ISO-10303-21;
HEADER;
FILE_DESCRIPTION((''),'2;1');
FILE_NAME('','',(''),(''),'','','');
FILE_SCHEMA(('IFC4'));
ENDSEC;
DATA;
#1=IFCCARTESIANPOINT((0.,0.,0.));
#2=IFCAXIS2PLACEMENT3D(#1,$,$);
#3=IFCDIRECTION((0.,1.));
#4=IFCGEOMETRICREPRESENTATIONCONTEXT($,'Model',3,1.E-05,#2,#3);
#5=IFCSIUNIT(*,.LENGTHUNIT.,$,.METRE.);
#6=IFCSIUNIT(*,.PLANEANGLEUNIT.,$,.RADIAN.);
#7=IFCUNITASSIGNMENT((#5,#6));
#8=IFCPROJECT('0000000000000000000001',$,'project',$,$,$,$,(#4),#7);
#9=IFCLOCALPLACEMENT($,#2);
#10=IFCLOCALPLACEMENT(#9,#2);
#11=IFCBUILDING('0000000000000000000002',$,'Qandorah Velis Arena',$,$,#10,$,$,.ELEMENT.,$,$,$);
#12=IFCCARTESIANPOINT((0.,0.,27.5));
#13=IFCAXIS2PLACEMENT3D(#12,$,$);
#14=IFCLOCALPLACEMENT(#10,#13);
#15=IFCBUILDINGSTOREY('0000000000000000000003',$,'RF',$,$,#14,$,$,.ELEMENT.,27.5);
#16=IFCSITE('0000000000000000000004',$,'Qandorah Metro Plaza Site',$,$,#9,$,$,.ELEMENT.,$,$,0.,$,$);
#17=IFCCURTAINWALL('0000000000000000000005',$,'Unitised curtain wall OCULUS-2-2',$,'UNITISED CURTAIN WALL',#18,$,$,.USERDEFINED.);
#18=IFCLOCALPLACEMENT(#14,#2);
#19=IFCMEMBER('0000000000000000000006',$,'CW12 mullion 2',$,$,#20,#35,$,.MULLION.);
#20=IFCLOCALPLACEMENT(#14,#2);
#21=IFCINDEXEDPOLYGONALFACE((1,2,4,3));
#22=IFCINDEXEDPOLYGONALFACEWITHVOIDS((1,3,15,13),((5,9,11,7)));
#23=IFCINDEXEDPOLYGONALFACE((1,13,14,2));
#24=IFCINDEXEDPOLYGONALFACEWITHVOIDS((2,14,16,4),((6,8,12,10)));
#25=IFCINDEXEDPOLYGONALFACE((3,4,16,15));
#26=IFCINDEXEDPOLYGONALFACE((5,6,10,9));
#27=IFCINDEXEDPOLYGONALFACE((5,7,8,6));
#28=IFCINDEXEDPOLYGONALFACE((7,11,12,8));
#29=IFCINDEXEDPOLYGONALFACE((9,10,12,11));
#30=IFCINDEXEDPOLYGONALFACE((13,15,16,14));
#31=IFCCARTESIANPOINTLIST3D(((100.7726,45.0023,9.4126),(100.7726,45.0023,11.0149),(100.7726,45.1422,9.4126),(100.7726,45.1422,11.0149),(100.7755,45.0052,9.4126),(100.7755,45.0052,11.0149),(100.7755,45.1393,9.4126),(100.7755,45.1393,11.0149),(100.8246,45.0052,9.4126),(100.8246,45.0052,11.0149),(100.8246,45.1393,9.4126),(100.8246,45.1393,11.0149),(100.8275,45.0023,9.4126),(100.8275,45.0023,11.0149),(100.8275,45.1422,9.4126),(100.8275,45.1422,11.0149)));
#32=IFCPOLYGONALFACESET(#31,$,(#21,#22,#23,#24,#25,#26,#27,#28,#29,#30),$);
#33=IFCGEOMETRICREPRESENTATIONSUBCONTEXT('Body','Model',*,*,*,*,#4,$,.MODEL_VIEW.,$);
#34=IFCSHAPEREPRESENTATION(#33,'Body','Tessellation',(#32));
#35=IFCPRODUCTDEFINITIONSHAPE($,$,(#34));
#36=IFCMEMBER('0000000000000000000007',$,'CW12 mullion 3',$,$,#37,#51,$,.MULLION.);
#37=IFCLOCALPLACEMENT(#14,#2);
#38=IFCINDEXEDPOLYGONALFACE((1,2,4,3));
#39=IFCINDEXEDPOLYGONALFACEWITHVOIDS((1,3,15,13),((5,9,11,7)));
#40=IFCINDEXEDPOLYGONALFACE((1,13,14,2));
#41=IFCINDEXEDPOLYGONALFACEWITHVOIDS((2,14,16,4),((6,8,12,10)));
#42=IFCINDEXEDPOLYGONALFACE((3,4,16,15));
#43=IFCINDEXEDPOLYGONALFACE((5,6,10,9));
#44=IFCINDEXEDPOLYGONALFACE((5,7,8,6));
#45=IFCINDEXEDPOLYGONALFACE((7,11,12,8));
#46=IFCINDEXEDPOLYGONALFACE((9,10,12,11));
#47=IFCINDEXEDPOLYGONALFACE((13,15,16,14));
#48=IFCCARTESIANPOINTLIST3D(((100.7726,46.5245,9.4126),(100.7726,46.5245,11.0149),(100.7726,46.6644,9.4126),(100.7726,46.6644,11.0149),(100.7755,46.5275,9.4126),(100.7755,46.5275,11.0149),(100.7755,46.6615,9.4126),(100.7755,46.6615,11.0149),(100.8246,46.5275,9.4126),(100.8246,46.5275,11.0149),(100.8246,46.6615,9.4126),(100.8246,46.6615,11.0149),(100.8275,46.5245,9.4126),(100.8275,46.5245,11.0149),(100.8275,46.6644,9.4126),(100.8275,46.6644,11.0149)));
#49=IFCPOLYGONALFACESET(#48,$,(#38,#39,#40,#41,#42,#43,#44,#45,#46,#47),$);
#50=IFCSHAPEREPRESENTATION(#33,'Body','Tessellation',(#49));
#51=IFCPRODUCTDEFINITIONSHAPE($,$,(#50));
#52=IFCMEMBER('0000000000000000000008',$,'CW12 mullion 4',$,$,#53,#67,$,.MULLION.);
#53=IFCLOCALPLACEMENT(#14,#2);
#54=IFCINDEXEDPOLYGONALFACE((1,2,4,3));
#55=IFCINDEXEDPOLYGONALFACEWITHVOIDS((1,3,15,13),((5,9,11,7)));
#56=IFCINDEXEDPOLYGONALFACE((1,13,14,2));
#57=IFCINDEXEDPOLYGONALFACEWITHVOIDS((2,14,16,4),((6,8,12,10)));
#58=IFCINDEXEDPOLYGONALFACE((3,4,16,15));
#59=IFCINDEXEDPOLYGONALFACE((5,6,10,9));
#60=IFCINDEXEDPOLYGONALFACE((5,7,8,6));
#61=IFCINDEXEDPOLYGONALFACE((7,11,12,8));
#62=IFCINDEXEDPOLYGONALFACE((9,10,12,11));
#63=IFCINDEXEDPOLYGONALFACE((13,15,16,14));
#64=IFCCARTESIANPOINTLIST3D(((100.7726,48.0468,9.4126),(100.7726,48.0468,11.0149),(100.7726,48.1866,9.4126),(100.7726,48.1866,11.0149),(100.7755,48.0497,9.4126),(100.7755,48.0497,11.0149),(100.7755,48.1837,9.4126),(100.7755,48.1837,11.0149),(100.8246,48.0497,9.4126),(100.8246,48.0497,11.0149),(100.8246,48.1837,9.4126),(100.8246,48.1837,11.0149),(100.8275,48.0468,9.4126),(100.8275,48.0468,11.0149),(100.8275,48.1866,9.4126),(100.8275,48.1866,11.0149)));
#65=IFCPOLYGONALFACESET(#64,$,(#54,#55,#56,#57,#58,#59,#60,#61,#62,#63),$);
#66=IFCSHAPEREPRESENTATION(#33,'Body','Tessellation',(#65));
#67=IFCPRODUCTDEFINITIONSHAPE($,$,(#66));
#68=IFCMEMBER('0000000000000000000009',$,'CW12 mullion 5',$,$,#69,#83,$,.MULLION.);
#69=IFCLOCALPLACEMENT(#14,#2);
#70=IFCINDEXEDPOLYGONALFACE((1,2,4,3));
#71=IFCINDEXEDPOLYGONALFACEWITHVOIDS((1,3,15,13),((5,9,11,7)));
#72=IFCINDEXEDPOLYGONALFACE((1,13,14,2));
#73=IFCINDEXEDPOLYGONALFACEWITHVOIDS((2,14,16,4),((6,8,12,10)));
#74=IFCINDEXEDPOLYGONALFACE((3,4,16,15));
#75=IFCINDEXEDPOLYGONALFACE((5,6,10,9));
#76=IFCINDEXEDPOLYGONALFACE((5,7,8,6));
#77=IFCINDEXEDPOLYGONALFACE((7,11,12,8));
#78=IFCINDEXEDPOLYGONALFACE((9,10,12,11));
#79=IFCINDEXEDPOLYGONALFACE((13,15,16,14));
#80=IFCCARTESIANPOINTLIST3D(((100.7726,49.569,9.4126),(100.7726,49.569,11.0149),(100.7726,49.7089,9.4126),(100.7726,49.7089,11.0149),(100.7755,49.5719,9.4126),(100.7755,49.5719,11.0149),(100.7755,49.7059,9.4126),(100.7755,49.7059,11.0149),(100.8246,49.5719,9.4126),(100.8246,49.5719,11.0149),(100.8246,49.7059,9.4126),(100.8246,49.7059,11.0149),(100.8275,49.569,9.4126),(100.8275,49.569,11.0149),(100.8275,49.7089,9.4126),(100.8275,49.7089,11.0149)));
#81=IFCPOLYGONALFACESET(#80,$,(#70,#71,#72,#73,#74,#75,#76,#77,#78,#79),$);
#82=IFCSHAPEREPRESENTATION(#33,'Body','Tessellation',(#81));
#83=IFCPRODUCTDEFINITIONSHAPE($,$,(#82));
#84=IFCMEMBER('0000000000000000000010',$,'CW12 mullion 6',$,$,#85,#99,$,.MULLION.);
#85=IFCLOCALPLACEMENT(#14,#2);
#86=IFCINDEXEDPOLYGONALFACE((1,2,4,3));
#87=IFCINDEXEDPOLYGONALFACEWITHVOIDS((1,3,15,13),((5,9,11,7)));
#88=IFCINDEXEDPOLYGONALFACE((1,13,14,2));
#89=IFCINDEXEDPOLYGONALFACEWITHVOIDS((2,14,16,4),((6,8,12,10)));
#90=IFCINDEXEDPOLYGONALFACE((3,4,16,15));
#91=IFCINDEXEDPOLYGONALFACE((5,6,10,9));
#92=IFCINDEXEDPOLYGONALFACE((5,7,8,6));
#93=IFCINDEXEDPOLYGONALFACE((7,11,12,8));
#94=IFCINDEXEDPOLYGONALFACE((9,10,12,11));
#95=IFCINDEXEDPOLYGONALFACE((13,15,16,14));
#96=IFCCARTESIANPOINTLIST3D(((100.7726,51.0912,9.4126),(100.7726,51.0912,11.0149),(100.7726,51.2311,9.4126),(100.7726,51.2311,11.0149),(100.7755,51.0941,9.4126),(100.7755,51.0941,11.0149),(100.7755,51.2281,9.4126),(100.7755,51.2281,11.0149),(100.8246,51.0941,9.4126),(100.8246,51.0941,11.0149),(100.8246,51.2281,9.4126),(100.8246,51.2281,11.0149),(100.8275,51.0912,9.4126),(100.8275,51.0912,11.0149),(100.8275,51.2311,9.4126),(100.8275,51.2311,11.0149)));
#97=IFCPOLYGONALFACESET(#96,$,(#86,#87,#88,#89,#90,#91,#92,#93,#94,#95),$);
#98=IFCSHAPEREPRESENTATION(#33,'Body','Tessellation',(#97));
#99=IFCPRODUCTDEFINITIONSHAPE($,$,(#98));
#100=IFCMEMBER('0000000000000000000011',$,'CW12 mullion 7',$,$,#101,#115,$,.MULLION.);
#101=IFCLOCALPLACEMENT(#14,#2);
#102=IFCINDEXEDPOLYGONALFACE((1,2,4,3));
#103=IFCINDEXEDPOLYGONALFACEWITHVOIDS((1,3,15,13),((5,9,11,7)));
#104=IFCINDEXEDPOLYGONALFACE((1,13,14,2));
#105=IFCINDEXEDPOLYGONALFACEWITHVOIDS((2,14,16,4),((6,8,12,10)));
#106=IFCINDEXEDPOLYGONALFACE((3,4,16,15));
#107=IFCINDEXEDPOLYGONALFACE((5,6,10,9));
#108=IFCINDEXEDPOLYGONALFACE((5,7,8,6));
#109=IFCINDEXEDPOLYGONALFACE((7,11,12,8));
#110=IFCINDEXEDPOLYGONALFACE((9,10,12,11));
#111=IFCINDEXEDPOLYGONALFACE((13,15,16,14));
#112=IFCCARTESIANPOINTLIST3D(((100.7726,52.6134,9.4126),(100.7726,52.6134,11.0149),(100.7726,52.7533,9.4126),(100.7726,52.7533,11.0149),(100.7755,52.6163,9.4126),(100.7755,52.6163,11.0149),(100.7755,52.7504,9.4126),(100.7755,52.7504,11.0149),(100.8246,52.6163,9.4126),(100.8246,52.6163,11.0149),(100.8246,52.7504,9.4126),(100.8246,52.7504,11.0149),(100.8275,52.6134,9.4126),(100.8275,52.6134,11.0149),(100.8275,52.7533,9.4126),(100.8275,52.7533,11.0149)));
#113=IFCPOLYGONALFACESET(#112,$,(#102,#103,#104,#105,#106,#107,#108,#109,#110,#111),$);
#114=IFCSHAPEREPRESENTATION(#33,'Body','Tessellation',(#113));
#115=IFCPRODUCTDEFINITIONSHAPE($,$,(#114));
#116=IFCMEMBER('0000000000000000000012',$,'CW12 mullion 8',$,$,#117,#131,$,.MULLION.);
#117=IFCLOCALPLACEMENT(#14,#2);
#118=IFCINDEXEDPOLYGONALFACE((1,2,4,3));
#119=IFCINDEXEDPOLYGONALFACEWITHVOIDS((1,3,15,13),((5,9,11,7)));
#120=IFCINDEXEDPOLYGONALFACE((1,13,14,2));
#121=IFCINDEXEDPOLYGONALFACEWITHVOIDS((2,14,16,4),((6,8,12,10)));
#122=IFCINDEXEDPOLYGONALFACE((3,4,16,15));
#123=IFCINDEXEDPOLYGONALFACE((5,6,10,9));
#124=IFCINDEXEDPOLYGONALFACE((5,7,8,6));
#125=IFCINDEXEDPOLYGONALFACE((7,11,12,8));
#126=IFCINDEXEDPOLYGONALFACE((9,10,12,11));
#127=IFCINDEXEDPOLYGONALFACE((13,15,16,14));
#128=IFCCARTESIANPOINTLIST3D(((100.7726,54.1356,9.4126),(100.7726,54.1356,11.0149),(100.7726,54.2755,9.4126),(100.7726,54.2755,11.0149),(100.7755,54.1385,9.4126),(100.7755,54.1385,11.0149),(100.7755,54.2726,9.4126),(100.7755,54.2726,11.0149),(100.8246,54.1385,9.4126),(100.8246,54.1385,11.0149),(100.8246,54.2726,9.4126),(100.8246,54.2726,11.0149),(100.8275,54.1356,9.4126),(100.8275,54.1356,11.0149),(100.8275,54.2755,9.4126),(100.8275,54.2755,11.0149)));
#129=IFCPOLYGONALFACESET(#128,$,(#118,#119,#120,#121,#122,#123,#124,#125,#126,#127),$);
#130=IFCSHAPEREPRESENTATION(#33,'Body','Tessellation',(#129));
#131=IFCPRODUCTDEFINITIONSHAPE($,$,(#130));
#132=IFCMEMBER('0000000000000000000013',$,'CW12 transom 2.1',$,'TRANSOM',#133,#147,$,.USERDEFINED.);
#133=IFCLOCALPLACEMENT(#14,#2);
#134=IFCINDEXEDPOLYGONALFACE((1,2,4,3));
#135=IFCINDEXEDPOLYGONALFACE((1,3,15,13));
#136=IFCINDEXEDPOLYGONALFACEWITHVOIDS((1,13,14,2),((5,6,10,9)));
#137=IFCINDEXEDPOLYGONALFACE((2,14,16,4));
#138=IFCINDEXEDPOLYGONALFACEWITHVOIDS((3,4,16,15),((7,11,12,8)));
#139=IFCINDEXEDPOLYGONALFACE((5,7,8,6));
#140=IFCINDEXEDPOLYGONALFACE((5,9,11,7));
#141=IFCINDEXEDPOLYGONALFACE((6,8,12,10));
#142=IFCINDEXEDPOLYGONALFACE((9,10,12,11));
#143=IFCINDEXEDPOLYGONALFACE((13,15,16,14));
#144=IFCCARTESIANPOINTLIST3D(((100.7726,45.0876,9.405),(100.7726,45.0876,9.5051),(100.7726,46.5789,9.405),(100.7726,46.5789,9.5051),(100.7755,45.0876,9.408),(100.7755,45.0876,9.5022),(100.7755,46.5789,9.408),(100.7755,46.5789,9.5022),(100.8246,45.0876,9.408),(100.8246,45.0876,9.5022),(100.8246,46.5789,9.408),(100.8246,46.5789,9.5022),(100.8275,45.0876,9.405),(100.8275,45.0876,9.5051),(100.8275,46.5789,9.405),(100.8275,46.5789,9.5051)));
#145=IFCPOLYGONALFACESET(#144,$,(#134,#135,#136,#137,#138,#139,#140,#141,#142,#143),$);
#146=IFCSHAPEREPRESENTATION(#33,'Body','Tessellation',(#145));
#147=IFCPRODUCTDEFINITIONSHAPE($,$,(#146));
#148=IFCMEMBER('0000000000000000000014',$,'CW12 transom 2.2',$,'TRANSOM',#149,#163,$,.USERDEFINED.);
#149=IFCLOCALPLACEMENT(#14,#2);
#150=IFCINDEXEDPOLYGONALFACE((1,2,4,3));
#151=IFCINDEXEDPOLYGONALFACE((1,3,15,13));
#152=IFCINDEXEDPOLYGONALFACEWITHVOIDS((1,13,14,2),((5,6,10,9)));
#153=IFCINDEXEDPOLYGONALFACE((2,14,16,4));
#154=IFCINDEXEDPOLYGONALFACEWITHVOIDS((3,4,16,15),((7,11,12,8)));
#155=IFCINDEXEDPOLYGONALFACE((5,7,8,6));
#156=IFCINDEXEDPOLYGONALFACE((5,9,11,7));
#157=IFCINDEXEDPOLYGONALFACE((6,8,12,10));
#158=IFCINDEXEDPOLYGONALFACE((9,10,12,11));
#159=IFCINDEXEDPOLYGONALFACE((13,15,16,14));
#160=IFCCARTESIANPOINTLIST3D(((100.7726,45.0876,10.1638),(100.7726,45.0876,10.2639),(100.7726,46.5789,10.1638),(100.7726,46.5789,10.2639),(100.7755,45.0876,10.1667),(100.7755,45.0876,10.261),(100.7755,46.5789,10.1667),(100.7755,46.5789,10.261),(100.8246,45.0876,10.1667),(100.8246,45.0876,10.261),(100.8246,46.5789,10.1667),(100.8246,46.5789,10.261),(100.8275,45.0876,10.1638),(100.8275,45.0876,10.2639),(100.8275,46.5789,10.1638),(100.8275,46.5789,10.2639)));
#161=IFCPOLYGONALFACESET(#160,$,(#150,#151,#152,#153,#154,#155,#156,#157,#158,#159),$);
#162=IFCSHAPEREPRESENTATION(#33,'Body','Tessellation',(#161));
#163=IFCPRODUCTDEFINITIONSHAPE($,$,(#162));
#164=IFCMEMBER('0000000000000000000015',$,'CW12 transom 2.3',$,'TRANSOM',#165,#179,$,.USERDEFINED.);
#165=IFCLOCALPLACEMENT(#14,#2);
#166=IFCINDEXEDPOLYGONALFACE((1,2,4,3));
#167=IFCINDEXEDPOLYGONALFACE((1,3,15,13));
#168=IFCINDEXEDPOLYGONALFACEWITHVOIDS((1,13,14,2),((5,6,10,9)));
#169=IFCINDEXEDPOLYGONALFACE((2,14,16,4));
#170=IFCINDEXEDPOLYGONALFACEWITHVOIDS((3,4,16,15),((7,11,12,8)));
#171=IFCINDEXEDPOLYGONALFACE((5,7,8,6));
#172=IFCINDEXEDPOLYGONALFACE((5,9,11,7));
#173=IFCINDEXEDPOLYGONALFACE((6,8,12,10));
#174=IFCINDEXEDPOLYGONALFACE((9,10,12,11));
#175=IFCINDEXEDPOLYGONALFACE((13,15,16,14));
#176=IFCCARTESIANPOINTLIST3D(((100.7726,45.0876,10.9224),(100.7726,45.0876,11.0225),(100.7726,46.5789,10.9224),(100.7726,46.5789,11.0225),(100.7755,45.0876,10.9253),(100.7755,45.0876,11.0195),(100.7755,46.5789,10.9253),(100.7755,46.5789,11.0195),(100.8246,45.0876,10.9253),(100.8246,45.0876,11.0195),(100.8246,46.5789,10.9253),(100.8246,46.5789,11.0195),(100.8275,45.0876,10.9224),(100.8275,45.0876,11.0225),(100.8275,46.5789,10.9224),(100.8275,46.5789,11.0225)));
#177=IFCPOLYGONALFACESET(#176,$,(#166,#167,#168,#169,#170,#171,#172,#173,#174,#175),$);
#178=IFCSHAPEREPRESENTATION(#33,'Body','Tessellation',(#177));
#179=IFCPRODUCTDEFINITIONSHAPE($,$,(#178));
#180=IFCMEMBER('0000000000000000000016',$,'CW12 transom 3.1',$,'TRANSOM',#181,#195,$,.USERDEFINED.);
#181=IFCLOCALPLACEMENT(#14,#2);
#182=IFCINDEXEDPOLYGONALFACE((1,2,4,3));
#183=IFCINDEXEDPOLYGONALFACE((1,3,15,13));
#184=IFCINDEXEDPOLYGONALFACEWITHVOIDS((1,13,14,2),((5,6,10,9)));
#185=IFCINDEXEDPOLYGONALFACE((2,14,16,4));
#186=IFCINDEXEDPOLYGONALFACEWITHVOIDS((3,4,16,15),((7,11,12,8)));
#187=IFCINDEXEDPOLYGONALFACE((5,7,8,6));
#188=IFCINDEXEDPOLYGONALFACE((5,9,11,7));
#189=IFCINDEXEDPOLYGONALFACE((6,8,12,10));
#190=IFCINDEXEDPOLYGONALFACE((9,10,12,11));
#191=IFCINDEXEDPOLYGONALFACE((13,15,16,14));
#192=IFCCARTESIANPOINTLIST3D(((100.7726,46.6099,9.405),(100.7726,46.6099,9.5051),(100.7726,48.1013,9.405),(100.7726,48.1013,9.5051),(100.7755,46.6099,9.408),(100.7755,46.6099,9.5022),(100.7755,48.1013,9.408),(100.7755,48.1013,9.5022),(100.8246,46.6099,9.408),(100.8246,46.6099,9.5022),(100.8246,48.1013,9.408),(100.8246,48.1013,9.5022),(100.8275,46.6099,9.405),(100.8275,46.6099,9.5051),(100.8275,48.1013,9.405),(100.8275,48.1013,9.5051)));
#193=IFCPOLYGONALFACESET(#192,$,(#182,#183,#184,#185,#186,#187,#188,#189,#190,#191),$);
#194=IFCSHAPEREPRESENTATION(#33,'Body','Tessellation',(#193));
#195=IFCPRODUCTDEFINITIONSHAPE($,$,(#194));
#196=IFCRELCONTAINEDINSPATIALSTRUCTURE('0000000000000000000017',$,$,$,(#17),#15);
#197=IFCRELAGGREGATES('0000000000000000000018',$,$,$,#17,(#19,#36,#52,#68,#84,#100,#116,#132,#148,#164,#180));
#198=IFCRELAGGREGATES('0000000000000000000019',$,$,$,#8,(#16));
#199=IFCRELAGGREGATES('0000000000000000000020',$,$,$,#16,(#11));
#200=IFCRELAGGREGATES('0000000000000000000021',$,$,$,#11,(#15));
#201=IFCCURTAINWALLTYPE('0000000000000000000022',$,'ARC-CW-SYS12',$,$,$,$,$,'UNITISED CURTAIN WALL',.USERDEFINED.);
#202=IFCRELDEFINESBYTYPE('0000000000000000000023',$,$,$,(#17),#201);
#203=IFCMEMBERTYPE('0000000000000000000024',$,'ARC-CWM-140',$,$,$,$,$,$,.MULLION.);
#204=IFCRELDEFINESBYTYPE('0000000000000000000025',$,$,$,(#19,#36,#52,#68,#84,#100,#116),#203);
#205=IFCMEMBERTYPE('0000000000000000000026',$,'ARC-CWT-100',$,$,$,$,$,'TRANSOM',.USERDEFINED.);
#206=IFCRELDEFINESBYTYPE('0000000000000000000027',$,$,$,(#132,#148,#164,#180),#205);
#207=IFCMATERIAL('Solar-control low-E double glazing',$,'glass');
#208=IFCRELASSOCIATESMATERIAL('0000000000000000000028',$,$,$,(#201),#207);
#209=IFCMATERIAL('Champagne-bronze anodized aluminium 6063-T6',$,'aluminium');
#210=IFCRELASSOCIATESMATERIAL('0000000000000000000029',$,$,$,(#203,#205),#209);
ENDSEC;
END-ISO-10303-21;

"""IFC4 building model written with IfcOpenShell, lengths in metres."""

from ifc_helpers import new_model, si_unit, direction, frame, origin, origin_2d, place, context, subcontext, project, spatial, hollow_rectangle, extrude, material, material_profile, profile_set, type_object, element, aggregate, save


model = new_model("IFC4")

# Units and contexts
model_context = context("Model", 3, precision=1e-05, world=origin(), true_north=direction((0.0, 1.0)))
body_context = subcontext(model_context, "Body", "Model", "MODEL_VIEW")
ifc_project = project(units=[si_unit("LENGTHUNIT", "METRE"), si_unit("PLANEANGLEUNIT", "RADIAN")], contexts=[model_context])

# Site, building, storey
site_placement = place(None, origin())
site = spatial("IfcSite", under=ifc_project, at=site_placement, Name="Qandorah Metro Plaza Site", CompositionType="ELEMENT", RefElevation=0.0)
building_placement = place(site_placement, origin())
building = spatial("IfcBuilding", under=site, at=building_placement, Name="Qandorah Velis Arena", CompositionType="ELEMENT")
storey_placement = place(building_placement, frame((0.0, 0.0, 27.5)))
storey = spatial("IfcBuildingStorey", under=building, at=storey_placement, Name="RF", CompositionType="ELEMENT", Elevation=27.5)

# Curtain wall, members
ifc_material_1 = material(Name="Solar-control low-E double glazing", Category="glass")
curtain_wall_type = type_object("IfcCurtainWallType", Name="ARC-CW-SYS12", ElementType="UNITISED CURTAIN WALL", PredefinedType="USERDEFINED", material=ifc_material_1)
curtain_wall_placement = place(storey_placement, origin())
curtain_wall = element("IfcCurtainWall", 1, at=curtain_wall_placement, inside=storey, type_object=curtain_wall_type, Name="Unitised curtain wall OCULUS-2-2", ObjectType="UNITISED CURTAIN WALL", PredefinedType="USERDEFINED")
ifc_material_2 = material(Name="Champagne-bronze anodized aluminium 6063-T6", Category="aluminium")
ifc_material_profile_1 = material_profile(ifc_material_2, hollow_rectangle(XDim=0.0549, YDim=0.1399, WallThickness=0.0029, at=origin_2d()), Name="ALU MULLION 55x140")
ifc_profile_set_1 = profile_set([ifc_material_profile_1], Name="Champagne-bronze anodized aluminium 6063-T6")
member_type_1 = type_object("IfcMemberType", Name="ARC-CWM-140", PredefinedType="MULLION", material=ifc_profile_set_1)
member_1_placement = place(storey_placement, frame((100.8, 45.0723, 9.4126), z_axis=(0.0, 0.0, 1.0), x_axis=(-1.0, 0.0, 0.0)))
member_1 = element("IfcMember", 2, at=member_1_placement, type_object=member_type_1, Name="CW12 mullion 2", PredefinedType="MULLION", context=body_context, shape_type="SweptSolid", body=[
    extrude(hollow_rectangle(XDim=0.0549, YDim=0.1399, WallThickness=0.0029, at=origin_2d()), origin(), (0.0, 0.0, 1.0), 1.6023),
])
member_2_placement = place(storey_placement, frame((100.8, 46.5945, 9.4126), z_axis=(0.0, 0.0, 1.0), x_axis=(-1.0, 0.0, 0.0)))
member_2 = element("IfcMember", 3, at=member_2_placement, type_object=member_type_1, Name="CW12 mullion 3", PredefinedType="MULLION", context=body_context, shape_type="SweptSolid", body=[
    extrude(hollow_rectangle(XDim=0.0549, YDim=0.1399, WallThickness=0.0029, at=origin_2d()), origin(), (0.0, 0.0, 1.0), 1.6023),
])
member_3_placement = place(storey_placement, frame((100.8, 48.1167, 9.4126), z_axis=(0.0, 0.0, 1.0), x_axis=(-1.0, 0.0, 0.0)))
member_3 = element("IfcMember", 4, at=member_3_placement, type_object=member_type_1, Name="CW12 mullion 4", PredefinedType="MULLION", context=body_context, shape_type="SweptSolid", body=[
    extrude(hollow_rectangle(XDim=0.0549, YDim=0.1399, WallThickness=0.0029, at=origin_2d()), origin(), (0.0, 0.0, 1.0), 1.6023),
])
member_4_placement = place(storey_placement, frame((100.8, 49.6389, 9.4126), z_axis=(0.0, 0.0, 1.0), x_axis=(-1.0, 0.0, 0.0)))
member_4 = element("IfcMember", 5, at=member_4_placement, type_object=member_type_1, Name="CW12 mullion 5", PredefinedType="MULLION", context=body_context, shape_type="SweptSolid", body=[
    extrude(hollow_rectangle(XDim=0.0549, YDim=0.1399, WallThickness=0.0029, at=origin_2d()), origin(), (0.0, 0.0, 1.0), 1.6023),
])
member_5_placement = place(storey_placement, frame((100.8, 51.1611, 9.4126), z_axis=(0.0, 0.0, 1.0), x_axis=(-1.0, 0.0, 0.0)))
member_5 = element("IfcMember", 6, at=member_5_placement, type_object=member_type_1, Name="CW12 mullion 6", PredefinedType="MULLION", context=body_context, shape_type="SweptSolid", body=[
    extrude(hollow_rectangle(XDim=0.0549, YDim=0.1399, WallThickness=0.0029, at=origin_2d()), origin(), (0.0, 0.0, 1.0), 1.6023),
])
member_6_placement = place(storey_placement, frame((100.8, 52.6833, 9.4126), z_axis=(0.0, 0.0, 1.0), x_axis=(-1.0, 0.0, 0.0)))
member_6 = element("IfcMember", 7, at=member_6_placement, type_object=member_type_1, Name="CW12 mullion 7", PredefinedType="MULLION", context=body_context, shape_type="SweptSolid", body=[
    extrude(hollow_rectangle(XDim=0.0549, YDim=0.1399, WallThickness=0.0029, at=origin_2d()), origin(), (0.0, 0.0, 1.0), 1.6023),
])
member_7_placement = place(storey_placement, frame((100.8, 54.2056, 9.4126), z_axis=(0.0, 0.0, 1.0), x_axis=(-1.0, 0.0, 0.0)))
member_7 = element("IfcMember", 8, at=member_7_placement, type_object=member_type_1, Name="CW12 mullion 8", PredefinedType="MULLION", context=body_context, shape_type="SweptSolid", body=[
    extrude(hollow_rectangle(XDim=0.0549, YDim=0.1399, WallThickness=0.0029, at=origin_2d()), origin(), (0.0, 0.0, 1.0), 1.6023),
])
ifc_material_profile_2 = material_profile(ifc_material_2, hollow_rectangle(XDim=0.0549, YDim=0.1001, WallThickness=0.0029, at=origin_2d()), Name="ALU TRANSOM 55x100")
ifc_profile_set_2 = profile_set([ifc_material_profile_2], Name="Champagne-bronze anodized aluminium 6063-T6")
member_type_2 = type_object("IfcMemberType", Name="ARC-CWT-100", ElementType="TRANSOM", PredefinedType="USERDEFINED", material=ifc_profile_set_2)
member_8_placement = place(storey_placement, frame((100.8, 45.0876, 9.4551), z_axis=(0.0, 1.0, 0.0), x_axis=(-1.0, 0.0, 0.0)))
member_8 = element("IfcMember", 9, at=member_8_placement, type_object=member_type_2, Name="CW12 transom 2.1", ObjectType="TRANSOM", PredefinedType="USERDEFINED", context=body_context, shape_type="SweptSolid", body=[
    extrude(hollow_rectangle(XDim=0.0549, YDim=0.1001, WallThickness=0.0029, at=origin_2d()), origin(), (0.0, 0.0, 1.0), 1.4912),
])
member_9_placement = place(storey_placement, frame((100.8, 45.0876, 10.2139), z_axis=(0.0, 1.0, 0.0), x_axis=(-1.0, 0.0, 0.0)))
member_9 = element("IfcMember", 10, at=member_9_placement, type_object=member_type_2, Name="CW12 transom 2.2", ObjectType="TRANSOM", PredefinedType="USERDEFINED", context=body_context, shape_type="SweptSolid", body=[
    extrude(hollow_rectangle(XDim=0.0549, YDim=0.1001, WallThickness=0.0029, at=origin_2d()), origin(), (0.0, 0.0, 1.0), 1.4912),
])
member_10_placement = place(storey_placement, frame((100.8, 45.0876, 10.9724), z_axis=(0.0, 1.0, 0.0), x_axis=(-1.0, 0.0, 0.0)))
member_10 = element("IfcMember", 11, at=member_10_placement, type_object=member_type_2, Name="CW12 transom 2.3", ObjectType="TRANSOM", PredefinedType="USERDEFINED", context=body_context, shape_type="SweptSolid", body=[
    extrude(hollow_rectangle(XDim=0.0549, YDim=0.1001, WallThickness=0.0029, at=origin_2d()), origin(), (0.0, 0.0, 1.0), 1.4912),
])
member_11_placement = place(storey_placement, frame((100.8, 46.6099, 9.4551), z_axis=(0.0, 1.0, 0.0), x_axis=(-1.0, 0.0, 0.0)))
member_11 = element("IfcMember", 12, at=member_11_placement, type_object=member_type_2, Name="CW12 transom 3.1", ObjectType="TRANSOM", PredefinedType="USERDEFINED", context=body_context, shape_type="SweptSolid", body=[
    extrude(hollow_rectangle(XDim=0.0549, YDim=0.1001, WallThickness=0.0029, at=origin_2d()), origin(), (0.0, 0.0, 1.0), 1.4915),
])

aggregate(curtain_wall, [member_1, member_2, member_3, member_4, member_5, member_6, member_7, member_8, member_9, member_10, member_11])

save(model, "model.ifc")
